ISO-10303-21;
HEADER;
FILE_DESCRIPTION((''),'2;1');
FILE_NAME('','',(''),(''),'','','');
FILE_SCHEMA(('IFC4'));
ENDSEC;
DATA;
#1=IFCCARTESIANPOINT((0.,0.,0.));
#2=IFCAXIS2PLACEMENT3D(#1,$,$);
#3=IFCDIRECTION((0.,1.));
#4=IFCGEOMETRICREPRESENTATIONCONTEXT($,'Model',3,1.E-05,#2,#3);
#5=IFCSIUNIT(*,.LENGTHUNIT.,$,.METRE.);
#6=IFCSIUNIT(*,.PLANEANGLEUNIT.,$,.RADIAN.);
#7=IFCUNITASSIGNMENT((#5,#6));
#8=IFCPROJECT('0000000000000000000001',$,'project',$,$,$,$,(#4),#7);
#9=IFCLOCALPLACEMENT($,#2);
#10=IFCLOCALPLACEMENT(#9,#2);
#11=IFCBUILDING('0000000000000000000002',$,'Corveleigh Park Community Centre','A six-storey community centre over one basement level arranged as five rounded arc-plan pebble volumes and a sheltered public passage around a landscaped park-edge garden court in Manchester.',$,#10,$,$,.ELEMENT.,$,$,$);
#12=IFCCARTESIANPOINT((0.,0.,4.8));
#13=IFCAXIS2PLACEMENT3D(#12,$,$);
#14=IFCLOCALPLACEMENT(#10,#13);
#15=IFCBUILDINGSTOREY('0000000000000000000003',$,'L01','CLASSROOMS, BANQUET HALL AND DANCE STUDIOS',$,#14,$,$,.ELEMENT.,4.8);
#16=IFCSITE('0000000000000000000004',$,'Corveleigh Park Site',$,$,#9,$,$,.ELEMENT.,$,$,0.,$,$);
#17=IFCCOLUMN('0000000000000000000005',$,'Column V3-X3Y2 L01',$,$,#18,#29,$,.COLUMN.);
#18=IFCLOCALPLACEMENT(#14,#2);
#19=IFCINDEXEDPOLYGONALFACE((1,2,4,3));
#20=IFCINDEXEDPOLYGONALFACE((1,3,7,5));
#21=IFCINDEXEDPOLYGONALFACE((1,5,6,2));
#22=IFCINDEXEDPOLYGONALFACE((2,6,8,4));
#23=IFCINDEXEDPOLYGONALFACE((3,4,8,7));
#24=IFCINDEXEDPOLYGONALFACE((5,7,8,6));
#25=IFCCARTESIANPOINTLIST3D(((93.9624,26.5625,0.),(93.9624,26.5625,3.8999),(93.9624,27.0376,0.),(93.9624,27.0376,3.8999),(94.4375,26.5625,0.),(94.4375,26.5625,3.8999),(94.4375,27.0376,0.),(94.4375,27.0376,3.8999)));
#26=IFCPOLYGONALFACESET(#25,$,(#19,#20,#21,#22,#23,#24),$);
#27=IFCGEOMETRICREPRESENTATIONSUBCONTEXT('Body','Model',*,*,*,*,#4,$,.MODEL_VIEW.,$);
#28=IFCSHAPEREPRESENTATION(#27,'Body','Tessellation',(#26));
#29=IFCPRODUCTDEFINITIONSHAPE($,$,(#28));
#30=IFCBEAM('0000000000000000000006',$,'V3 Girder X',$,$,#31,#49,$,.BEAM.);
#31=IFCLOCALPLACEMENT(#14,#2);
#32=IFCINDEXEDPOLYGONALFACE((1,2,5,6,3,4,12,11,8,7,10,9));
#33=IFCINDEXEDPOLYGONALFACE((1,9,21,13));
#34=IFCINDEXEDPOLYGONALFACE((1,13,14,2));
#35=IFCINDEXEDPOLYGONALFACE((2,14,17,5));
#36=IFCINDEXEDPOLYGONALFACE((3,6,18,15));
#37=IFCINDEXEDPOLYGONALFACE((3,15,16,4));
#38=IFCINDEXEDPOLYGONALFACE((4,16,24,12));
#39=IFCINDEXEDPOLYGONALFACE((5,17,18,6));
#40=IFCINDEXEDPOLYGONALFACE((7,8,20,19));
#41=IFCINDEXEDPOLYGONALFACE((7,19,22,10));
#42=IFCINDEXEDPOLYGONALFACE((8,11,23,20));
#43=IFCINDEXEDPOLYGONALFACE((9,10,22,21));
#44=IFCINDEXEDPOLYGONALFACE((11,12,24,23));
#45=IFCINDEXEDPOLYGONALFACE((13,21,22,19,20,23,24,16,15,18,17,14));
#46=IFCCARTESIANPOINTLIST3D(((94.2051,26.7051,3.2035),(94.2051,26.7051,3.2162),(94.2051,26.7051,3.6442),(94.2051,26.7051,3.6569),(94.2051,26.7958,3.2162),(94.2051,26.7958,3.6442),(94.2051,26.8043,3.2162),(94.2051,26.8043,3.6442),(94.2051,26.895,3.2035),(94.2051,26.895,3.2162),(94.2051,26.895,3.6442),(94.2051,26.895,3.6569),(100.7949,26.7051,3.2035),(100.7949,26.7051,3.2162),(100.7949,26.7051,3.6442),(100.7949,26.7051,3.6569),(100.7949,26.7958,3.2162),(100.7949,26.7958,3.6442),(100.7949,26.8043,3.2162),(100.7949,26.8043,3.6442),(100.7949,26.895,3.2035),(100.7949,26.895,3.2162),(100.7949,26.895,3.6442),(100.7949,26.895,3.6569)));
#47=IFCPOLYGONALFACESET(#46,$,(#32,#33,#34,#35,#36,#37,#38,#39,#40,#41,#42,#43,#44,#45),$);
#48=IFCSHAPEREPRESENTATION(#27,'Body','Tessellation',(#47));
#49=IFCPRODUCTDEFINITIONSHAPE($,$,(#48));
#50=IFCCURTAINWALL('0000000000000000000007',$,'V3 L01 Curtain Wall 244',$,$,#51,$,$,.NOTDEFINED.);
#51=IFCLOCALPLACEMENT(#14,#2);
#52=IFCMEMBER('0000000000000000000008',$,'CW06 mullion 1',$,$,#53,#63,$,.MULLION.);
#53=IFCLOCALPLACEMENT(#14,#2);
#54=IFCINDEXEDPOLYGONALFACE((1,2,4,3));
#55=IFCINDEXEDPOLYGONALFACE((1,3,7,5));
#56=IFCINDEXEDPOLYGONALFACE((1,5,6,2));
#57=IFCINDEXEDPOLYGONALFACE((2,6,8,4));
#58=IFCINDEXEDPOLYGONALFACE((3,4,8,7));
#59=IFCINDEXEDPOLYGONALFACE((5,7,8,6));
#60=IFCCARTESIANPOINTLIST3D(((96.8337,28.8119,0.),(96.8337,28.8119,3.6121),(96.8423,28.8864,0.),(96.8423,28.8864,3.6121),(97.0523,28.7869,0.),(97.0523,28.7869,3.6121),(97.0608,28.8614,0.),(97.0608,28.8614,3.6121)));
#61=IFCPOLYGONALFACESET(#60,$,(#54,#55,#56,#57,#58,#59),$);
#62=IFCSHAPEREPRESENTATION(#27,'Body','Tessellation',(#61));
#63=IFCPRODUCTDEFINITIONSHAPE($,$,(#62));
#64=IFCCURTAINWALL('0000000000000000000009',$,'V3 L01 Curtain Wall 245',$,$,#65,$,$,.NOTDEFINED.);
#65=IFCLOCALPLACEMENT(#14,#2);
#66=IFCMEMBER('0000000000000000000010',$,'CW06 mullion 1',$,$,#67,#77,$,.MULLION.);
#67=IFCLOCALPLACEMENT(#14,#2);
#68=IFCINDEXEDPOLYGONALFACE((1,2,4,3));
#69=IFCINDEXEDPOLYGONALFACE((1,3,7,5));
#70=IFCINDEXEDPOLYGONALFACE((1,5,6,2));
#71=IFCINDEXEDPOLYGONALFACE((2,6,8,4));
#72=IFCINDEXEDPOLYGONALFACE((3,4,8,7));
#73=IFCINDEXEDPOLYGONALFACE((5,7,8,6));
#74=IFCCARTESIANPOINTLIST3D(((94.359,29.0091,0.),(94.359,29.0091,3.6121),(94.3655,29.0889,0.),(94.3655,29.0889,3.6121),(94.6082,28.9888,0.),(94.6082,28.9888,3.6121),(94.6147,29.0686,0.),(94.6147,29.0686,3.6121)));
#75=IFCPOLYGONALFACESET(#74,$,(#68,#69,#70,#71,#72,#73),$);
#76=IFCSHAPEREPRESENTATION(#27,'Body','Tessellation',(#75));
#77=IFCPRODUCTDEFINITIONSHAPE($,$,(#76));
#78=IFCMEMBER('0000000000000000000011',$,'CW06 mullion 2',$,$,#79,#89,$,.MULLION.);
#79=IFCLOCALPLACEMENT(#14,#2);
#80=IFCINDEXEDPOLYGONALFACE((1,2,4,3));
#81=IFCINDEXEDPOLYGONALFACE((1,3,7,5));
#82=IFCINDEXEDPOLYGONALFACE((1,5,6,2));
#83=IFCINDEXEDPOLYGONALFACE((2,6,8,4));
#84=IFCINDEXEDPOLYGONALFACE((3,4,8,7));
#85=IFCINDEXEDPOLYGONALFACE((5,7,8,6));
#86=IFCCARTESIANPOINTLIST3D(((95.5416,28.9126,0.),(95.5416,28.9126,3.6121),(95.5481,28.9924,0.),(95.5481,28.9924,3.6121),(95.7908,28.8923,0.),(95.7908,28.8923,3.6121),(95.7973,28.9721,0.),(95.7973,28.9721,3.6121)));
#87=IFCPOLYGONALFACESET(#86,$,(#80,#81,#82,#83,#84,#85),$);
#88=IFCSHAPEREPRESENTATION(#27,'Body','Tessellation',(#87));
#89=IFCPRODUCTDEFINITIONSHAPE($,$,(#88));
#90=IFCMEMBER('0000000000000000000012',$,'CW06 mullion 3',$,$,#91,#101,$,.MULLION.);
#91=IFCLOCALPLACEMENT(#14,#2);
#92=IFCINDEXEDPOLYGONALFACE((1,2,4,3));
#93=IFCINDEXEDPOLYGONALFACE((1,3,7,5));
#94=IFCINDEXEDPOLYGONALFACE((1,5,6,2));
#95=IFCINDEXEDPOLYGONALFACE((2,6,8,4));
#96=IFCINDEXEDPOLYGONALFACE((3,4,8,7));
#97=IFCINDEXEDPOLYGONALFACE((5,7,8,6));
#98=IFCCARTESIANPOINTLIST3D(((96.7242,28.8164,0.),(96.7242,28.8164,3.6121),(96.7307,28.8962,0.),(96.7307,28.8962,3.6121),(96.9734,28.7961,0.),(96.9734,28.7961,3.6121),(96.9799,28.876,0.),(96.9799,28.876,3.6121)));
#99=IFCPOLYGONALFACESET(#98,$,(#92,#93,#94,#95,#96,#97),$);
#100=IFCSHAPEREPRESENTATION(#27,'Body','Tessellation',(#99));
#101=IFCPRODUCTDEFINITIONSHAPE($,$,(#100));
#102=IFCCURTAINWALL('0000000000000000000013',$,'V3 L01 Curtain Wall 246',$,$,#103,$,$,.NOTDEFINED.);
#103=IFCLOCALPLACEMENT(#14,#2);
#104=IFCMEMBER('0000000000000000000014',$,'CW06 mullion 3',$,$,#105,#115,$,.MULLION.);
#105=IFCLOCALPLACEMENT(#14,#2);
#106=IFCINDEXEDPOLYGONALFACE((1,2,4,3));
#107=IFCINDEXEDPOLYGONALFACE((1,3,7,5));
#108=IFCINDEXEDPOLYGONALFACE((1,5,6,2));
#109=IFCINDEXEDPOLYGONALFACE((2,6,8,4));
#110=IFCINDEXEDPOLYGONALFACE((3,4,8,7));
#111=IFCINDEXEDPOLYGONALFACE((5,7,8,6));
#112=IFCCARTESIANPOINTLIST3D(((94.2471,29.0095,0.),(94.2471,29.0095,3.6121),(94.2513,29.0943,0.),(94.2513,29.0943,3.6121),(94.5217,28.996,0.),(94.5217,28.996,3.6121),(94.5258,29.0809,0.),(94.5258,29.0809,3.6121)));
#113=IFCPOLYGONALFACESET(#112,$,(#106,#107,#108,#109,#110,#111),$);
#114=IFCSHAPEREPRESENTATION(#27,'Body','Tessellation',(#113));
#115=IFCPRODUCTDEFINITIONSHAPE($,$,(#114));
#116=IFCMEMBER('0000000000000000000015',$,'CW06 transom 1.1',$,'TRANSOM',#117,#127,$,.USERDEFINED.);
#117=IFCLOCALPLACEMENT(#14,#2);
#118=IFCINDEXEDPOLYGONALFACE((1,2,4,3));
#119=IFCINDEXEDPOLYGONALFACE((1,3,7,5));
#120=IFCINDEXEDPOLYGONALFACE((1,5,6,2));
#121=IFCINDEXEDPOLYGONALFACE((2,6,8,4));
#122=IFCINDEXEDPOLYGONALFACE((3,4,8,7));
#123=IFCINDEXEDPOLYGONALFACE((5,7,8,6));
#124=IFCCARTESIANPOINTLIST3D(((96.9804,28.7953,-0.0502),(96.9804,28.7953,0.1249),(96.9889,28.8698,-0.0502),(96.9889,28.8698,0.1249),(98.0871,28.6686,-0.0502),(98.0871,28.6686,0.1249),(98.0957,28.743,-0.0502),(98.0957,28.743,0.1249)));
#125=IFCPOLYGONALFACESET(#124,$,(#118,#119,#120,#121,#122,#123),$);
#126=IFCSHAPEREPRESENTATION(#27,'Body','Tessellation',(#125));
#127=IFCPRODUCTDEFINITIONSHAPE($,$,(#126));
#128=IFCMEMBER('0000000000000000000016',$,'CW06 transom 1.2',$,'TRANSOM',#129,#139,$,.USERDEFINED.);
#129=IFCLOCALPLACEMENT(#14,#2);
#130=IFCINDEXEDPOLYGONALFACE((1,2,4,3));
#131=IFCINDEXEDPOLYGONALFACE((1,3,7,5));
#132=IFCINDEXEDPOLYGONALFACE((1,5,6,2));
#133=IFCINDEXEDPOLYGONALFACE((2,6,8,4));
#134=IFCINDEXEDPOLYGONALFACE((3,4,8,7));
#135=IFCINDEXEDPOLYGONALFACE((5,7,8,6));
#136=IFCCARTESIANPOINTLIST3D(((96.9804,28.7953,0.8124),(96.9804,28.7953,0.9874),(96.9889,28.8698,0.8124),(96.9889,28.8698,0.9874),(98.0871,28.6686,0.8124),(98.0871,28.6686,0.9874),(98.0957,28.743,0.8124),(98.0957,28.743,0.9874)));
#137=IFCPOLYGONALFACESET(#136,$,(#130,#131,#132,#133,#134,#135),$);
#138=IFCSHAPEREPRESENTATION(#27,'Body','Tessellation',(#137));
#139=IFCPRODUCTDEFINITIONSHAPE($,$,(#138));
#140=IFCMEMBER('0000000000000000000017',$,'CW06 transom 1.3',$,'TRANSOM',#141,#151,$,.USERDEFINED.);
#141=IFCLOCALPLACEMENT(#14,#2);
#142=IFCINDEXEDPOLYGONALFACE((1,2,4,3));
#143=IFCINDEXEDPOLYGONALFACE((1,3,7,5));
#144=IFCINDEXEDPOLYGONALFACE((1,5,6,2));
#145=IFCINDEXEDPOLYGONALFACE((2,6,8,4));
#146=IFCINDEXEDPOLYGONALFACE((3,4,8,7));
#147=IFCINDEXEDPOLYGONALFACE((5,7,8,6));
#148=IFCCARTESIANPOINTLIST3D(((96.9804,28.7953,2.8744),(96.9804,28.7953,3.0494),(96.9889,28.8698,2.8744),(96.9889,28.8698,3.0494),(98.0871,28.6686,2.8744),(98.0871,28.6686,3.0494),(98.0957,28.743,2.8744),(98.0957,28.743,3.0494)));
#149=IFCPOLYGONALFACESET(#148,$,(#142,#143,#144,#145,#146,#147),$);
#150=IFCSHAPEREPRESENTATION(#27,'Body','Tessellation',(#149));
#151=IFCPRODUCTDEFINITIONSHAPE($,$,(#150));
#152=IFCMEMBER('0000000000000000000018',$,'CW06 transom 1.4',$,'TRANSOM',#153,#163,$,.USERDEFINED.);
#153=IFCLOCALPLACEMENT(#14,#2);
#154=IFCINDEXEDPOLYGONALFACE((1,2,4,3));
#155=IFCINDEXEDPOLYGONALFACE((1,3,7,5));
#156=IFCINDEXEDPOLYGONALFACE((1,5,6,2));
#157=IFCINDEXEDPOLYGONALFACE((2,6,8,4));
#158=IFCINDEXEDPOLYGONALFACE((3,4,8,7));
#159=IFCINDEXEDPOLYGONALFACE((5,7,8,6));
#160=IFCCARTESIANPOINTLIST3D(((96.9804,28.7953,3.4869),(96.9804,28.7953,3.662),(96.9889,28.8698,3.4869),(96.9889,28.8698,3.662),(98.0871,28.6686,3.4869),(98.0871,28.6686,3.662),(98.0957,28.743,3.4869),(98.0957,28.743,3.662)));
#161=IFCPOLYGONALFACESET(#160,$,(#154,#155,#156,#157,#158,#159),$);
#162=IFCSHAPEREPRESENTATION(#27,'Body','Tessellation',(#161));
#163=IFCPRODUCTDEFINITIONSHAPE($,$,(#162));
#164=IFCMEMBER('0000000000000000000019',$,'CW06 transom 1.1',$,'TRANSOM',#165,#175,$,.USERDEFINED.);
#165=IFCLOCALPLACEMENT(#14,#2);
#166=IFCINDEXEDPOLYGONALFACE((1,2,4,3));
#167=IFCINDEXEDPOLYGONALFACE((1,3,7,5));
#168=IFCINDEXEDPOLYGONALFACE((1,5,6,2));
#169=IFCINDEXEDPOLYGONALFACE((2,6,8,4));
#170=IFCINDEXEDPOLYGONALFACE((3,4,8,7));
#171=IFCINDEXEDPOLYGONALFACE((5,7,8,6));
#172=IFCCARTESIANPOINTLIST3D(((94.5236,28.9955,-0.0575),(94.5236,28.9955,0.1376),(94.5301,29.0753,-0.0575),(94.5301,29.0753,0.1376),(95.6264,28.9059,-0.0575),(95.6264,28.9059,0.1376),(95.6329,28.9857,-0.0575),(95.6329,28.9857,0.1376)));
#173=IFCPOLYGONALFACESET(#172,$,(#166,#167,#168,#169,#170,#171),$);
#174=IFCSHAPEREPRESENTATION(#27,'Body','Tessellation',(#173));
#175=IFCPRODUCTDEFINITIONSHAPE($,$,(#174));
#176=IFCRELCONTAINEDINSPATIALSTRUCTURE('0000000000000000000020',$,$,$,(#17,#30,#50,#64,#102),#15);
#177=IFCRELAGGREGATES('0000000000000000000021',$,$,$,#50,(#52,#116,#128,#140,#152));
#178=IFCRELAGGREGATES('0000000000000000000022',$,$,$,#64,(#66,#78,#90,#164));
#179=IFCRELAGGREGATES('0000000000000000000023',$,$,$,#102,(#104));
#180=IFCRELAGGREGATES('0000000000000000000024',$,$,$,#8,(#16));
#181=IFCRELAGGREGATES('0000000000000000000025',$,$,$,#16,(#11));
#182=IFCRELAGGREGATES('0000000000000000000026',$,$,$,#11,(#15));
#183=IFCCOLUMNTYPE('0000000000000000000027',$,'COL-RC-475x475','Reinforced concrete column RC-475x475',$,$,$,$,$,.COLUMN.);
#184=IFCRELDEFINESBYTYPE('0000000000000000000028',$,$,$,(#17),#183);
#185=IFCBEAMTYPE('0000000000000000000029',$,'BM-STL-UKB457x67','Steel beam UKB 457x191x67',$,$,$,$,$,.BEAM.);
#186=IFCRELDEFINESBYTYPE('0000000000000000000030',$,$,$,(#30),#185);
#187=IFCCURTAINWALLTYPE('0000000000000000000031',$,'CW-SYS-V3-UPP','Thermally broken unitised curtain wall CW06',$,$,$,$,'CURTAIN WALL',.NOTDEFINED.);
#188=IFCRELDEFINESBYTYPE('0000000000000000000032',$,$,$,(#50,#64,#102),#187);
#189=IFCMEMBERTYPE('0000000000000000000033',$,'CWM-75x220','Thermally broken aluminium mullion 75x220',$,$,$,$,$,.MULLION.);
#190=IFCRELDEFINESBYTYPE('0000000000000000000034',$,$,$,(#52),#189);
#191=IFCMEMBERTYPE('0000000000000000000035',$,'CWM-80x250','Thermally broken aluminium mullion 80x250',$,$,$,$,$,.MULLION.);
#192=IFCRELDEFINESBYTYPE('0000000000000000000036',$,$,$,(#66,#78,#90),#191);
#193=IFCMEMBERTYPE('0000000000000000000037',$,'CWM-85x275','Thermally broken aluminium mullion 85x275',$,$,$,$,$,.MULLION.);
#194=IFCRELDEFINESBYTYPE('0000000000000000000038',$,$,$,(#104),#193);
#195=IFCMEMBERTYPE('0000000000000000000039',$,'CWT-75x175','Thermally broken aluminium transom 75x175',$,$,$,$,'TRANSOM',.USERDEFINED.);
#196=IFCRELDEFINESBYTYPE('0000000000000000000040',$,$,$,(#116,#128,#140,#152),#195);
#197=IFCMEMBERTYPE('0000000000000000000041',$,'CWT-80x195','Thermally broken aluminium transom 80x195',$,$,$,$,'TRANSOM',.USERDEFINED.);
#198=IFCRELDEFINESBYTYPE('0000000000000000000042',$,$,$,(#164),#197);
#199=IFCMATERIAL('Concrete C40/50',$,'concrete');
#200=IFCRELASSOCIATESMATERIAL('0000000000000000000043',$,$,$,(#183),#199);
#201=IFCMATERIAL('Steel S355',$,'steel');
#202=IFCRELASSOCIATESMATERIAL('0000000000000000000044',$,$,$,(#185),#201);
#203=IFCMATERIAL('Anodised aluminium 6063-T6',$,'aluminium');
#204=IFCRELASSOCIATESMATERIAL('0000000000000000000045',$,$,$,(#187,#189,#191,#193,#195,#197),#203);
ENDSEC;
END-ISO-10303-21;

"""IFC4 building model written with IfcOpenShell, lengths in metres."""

from ifc_helpers import new_model, si_unit, direction, frame, origin, origin_2d, place, context, subcontext, project, spatial, rectangle, i_section, extrude, material, material_profile, profile_set, type_object, element, aggregate, save


model = new_model("IFC4")

# Units and contexts
model_context = context("Model", 3, precision=1e-05, world=origin(), true_north=direction((0.0, 1.0)))
body_context = subcontext(model_context, "Body", "Model", "MODEL_VIEW")
ifc_project = project(units=[si_unit("LENGTHUNIT", "METRE"), si_unit("PLANEANGLEUNIT", "RADIAN")], contexts=[model_context])

# Site, building, storey
site_placement = place(None, origin())
site = spatial("IfcSite", under=ifc_project, at=site_placement, Name="Corveleigh Park Site", CompositionType="ELEMENT", RefElevation=0.0)
building_placement = place(site_placement, origin())
building = spatial("IfcBuilding", under=site, at=building_placement, Name="Corveleigh Park Community Centre", Description="A six-storey community centre over one basement level arranged as five rounded arc-plan pebble volumes and a sheltered public passage around a landscaped park-edge garden court in Manchester.", CompositionType="ELEMENT")
storey_placement = place(building_placement, frame((0.0, 0.0, 4.8)))
storey = spatial("IfcBuildingStorey", under=building, at=storey_placement, Name="L01", Description="CLASSROOMS, BANQUET HALL AND DANCE STUDIOS", CompositionType="ELEMENT", Elevation=4.8)

# Column
ifc_material_1 = material(Name="Concrete C40/50", Category="concrete")
ifc_material_profile_1 = material_profile(ifc_material_1, rectangle(XDim=0.4751, YDim=0.4751, at=origin_2d()), Name="RC-475x475", Category="concrete")
ifc_profile_set_1 = profile_set([ifc_material_profile_1], Name="Concrete C40/50")
column_type = type_object("IfcColumnType", Name="COL-RC-475x475", Description="Reinforced concrete column RC-475x475", PredefinedType="COLUMN", material=ifc_profile_set_1)
column_placement = place(storey_placement, frame((94.2, 26.8, 0.0), z_axis=(0.0, 0.0, 1.0), x_axis=(1.0, 0.0, 0.0)))
element("IfcColumn", 1, at=column_placement, inside=storey, type_object=column_type, Name="Column V3-X3Y2 L01", PredefinedType="COLUMN", context=body_context, shape_type="SweptSolid", body=[
    extrude(rectangle(XDim=0.4751, YDim=0.4751, at=origin_2d()), origin(), (0.0, 0.0, 1.0), 3.8999),
])

# Beam
ifc_material_2 = material(Name="Steel S355", Category="steel")
ifc_material_profile_2 = material_profile(ifc_material_2, i_section(OverallWidth=0.1899, OverallDepth=0.4534, WebThickness=0.0085, FlangeThickness=0.0127, at=origin_2d()), Name="UKB 457x191x67", Category="steel")
ifc_profile_set_2 = profile_set([ifc_material_profile_2], Name="Steel S355")
beam_type = type_object("IfcBeamType", Name="BM-STL-UKB457x67", Description="Steel beam UKB 457x191x67", PredefinedType="BEAM", material=ifc_profile_set_2)
beam_placement = place(storey_placement, frame((94.2051, 26.8, 3.4302), z_axis=(1.0, 0.0, 0.0), x_axis=(0.0, 1.0, 0.0)))
element("IfcBeam", 2, at=beam_placement, inside=storey, type_object=beam_type, Name="V3 Girder X", PredefinedType="BEAM", context=body_context, shape_type="SweptSolid", body=[
    extrude(i_section(OverallWidth=0.1899, OverallDepth=0.4534, WebThickness=0.0085, FlangeThickness=0.0127, at=origin_2d()), origin(), (0.0, 0.0, 1.0), 6.5898),
])

# Curtain wall, member
ifc_material_3 = material(Name="Anodised aluminium 6063-T6", Category="aluminium")
curtain_wall_type = type_object("IfcCurtainWallType", Name="CW-SYS-V3-UPP", Description="Thermally broken unitised curtain wall CW06", ElementType="CURTAIN WALL", PredefinedType="NOTDEFINED", material=ifc_material_3)
curtain_wall_1_placement = place(storey_placement, origin())
curtain_wall_1 = element("IfcCurtainWall", 3, at=curtain_wall_1_placement, inside=storey, type_object=curtain_wall_type, Name="V3 L01 Curtain Wall 244", PredefinedType="NOTDEFINED")
ifc_material_profile_3 = material_profile(ifc_material_3, rectangle(XDim=0.075, YDim=0.22, at=origin_2d()), Name="ALU-M75x220", Category="aluminium")
ifc_profile_set_3 = profile_set([ifc_material_profile_3], Name="Anodised aluminium 6063-T6")
member_type_1 = type_object("IfcMemberType", Name="CWM-75x220", Description="Thermally broken aluminium mullion 75x220", PredefinedType="MULLION", material=ifc_profile_set_3)
member_1_placement = place(storey_placement, frame((96.9473, 28.8367, 0.0), z_axis=(0.0, 0.0, 1.0), x_axis=(0.113742, 0.99351, 0.0)))
member_1 = element("IfcMember", 4, at=member_1_placement, type_object=member_type_1, Name="CW06 mullion 1", PredefinedType="MULLION", context=body_context, shape_type="SweptSolid", body=[
    extrude(rectangle(XDim=0.075, YDim=0.22, at=origin_2d()), origin(), (0.0, 0.0, 1.0), 3.6121),
])

# Curtain wall, members
curtain_wall_2_placement = place(storey_placement, origin())
curtain_wall_2 = element("IfcCurtainWall", 5, at=curtain_wall_2_placement, inside=storey, type_object=curtain_wall_type, Name="V3 L01 Curtain Wall 245", PredefinedType="NOTDEFINED")
ifc_material_profile_4 = material_profile(ifc_material_3, rectangle(XDim=0.0801, YDim=0.25, at=origin_2d()), Name="ALU-M80x250", Category="aluminium")
ifc_profile_set_4 = profile_set([ifc_material_profile_4], Name="Anodised aluminium 6063-T6")
member_type_2 = type_object("IfcMemberType", Name="CWM-80x250", Description="Thermally broken aluminium mullion 80x250", PredefinedType="MULLION", material=ifc_profile_set_4)
member_2_placement = place(storey_placement, frame((94.4868, 29.0388, 0.0), z_axis=(0.0, 0.0, 1.0), x_axis=(0.081122, 0.996704, 0.0)))
member_2 = element("IfcMember", 6, at=member_2_placement, type_object=member_type_2, Name="CW06 mullion 1", PredefinedType="MULLION", context=body_context, shape_type="SweptSolid", body=[
    extrude(rectangle(XDim=0.0801, YDim=0.25, at=origin_2d()), origin(), (0.0, 0.0, 1.0), 3.6121),
])
member_3_placement = place(storey_placement, frame((95.6694, 28.9424, 0.0), z_axis=(0.0, 0.0, 1.0), x_axis=(0.081122, 0.996704, 0.0)))
member_3 = element("IfcMember", 7, at=member_3_placement, type_object=member_type_2, Name="CW06 mullion 2", PredefinedType="MULLION", context=body_context, shape_type="SweptSolid", body=[
    extrude(rectangle(XDim=0.0801, YDim=0.25, at=origin_2d()), origin(), (0.0, 0.0, 1.0), 3.6121),
])
member_4_placement = place(storey_placement, frame((96.8521, 28.8462, 0.0), z_axis=(0.0, 0.0, 1.0), x_axis=(0.081122, 0.996704, 0.0)))
member_4 = element("IfcMember", 8, at=member_4_placement, type_object=member_type_2, Name="CW06 mullion 3", PredefinedType="MULLION", context=body_context, shape_type="SweptSolid", body=[
    extrude(rectangle(XDim=0.0801, YDim=0.25, at=origin_2d()), origin(), (0.0, 0.0, 1.0), 3.6121),
])

# Curtain wall, member
curtain_wall_3_placement = place(storey_placement, origin())
curtain_wall_3 = element("IfcCurtainWall", 9, at=curtain_wall_3_placement, inside=storey, type_object=curtain_wall_type, Name="V3 L01 Curtain Wall 246", PredefinedType="NOTDEFINED")
ifc_material_profile_5 = material_profile(ifc_material_3, rectangle(XDim=0.085, YDim=0.2749, at=origin_2d()), Name="ALU-M85x275", Category="aluminium")
ifc_profile_set_5 = profile_set([ifc_material_profile_5], Name="Anodised aluminium 6063-T6")
member_type_3 = type_object("IfcMemberType", Name="CWM-85x275", Description="Thermally broken aluminium mullion 85x275", PredefinedType="MULLION", material=ifc_profile_set_5)
member_5_placement = place(storey_placement, frame((94.3865, 29.0452, 0.0), z_axis=(0.0, 0.0, 1.0), x_axis=(0.048921, 0.998803, 0.0)))
member_5 = element("IfcMember", 10, at=member_5_placement, type_object=member_type_3, Name="CW06 mullion 3", PredefinedType="MULLION", context=body_context, shape_type="SweptSolid", body=[
    extrude(rectangle(XDim=0.085, YDim=0.2749, at=origin_2d()), origin(), (0.0, 0.0, 1.0), 3.6121),
])

# Members
ifc_material_profile_6 = material_profile(ifc_material_3, rectangle(XDim=0.075, YDim=0.175, at=origin_2d()), Name="ALU-T75x175", Category="aluminium")
ifc_profile_set_6 = profile_set([ifc_material_profile_6], Name="Anodised aluminium 6063-T6")
member_type_4 = type_object("IfcMemberType", Name="CWT-75x175", Description="Thermally broken aluminium transom 75x175", ElementType="TRANSOM", PredefinedType="USERDEFINED", material=ifc_profile_set_6)
member_6_placement = place(storey_placement, frame((96.9846, 28.8325, 0.0374), z_axis=(0.993509, -0.113751, 0.0), x_axis=(0.113751, 0.993509, 0.0)))
member_6 = element("IfcMember", 11, at=member_6_placement, type_object=member_type_4, Name="CW06 transom 1.1", ObjectType="TRANSOM", PredefinedType="USERDEFINED", context=body_context, shape_type="SweptSolid", body=[
    extrude(rectangle(XDim=0.075, YDim=0.175, at=origin_2d()), origin(), (0.0, 0.0, 1.0), 1.114),
])
member_7_placement = place(storey_placement, frame((96.9846, 28.8325, 0.8999), z_axis=(0.993509, -0.113751, 0.0), x_axis=(0.113751, 0.993509, 0.0)))
member_7 = element("IfcMember", 12, at=member_7_placement, type_object=member_type_4, Name="CW06 transom 1.2", ObjectType="TRANSOM", PredefinedType="USERDEFINED", context=body_context, shape_type="SweptSolid", body=[
    extrude(rectangle(XDim=0.075, YDim=0.175, at=origin_2d()), origin(), (0.0, 0.0, 1.0), 1.114),
])
member_8_placement = place(storey_placement, frame((96.9846, 28.8325, 2.9619), z_axis=(0.993509, -0.113751, 0.0), x_axis=(0.113751, 0.993509, 0.0)))
member_8 = element("IfcMember", 13, at=member_8_placement, type_object=member_type_4, Name="CW06 transom 1.3", ObjectType="TRANSOM", PredefinedType="USERDEFINED", context=body_context, shape_type="SweptSolid", body=[
    extrude(rectangle(XDim=0.075, YDim=0.175, at=origin_2d()), origin(), (0.0, 0.0, 1.0), 1.114),
])
member_9_placement = place(storey_placement, frame((96.9846, 28.8325, 3.5745), z_axis=(0.993509, -0.113751, 0.0), x_axis=(0.113751, 0.993509, 0.0)))
member_9 = element("IfcMember", 14, at=member_9_placement, type_object=member_type_4, Name="CW06 transom 1.4", ObjectType="TRANSOM", PredefinedType="USERDEFINED", context=body_context, shape_type="SweptSolid", body=[
    extrude(rectangle(XDim=0.075, YDim=0.175, at=origin_2d()), origin(), (0.0, 0.0, 1.0), 1.114),
])
ifc_material_profile_7 = material_profile(ifc_material_3, rectangle(XDim=0.0801, YDim=0.1951, at=origin_2d()), Name="ALU-T80x195", Category="aluminium")
ifc_profile_set_7 = profile_set([ifc_material_profile_7], Name="Anodised aluminium 6063-T6")
member_type_5 = type_object("IfcMemberType", Name="CWT-80x195", Description="Thermally broken aluminium transom 80x195", ElementType="TRANSOM", PredefinedType="USERDEFINED", material=ifc_profile_set_7)
member_10_placement = place(storey_placement, frame((94.5269, 29.0354, 0.04), z_axis=(0.996716, -0.080982, 0.0), x_axis=(0.080982, 0.996716, 0.0)))
member_10 = element("IfcMember", 15, at=member_10_placement, type_object=member_type_5, Name="CW06 transom 1.1", ObjectType="TRANSOM", PredefinedType="USERDEFINED", context=body_context, shape_type="SweptSolid", body=[
    extrude(rectangle(XDim=0.0801, YDim=0.1951, at=origin_2d()), origin(), (0.0, 0.0, 1.0), 1.1064),
])

aggregate(curtain_wall_1, [member_1, member_6, member_7, member_8, member_9])
aggregate(curtain_wall_2, [member_2, member_3, member_4, member_10])
aggregate(curtain_wall_3, [member_5])

save(model, "model.ifc")
